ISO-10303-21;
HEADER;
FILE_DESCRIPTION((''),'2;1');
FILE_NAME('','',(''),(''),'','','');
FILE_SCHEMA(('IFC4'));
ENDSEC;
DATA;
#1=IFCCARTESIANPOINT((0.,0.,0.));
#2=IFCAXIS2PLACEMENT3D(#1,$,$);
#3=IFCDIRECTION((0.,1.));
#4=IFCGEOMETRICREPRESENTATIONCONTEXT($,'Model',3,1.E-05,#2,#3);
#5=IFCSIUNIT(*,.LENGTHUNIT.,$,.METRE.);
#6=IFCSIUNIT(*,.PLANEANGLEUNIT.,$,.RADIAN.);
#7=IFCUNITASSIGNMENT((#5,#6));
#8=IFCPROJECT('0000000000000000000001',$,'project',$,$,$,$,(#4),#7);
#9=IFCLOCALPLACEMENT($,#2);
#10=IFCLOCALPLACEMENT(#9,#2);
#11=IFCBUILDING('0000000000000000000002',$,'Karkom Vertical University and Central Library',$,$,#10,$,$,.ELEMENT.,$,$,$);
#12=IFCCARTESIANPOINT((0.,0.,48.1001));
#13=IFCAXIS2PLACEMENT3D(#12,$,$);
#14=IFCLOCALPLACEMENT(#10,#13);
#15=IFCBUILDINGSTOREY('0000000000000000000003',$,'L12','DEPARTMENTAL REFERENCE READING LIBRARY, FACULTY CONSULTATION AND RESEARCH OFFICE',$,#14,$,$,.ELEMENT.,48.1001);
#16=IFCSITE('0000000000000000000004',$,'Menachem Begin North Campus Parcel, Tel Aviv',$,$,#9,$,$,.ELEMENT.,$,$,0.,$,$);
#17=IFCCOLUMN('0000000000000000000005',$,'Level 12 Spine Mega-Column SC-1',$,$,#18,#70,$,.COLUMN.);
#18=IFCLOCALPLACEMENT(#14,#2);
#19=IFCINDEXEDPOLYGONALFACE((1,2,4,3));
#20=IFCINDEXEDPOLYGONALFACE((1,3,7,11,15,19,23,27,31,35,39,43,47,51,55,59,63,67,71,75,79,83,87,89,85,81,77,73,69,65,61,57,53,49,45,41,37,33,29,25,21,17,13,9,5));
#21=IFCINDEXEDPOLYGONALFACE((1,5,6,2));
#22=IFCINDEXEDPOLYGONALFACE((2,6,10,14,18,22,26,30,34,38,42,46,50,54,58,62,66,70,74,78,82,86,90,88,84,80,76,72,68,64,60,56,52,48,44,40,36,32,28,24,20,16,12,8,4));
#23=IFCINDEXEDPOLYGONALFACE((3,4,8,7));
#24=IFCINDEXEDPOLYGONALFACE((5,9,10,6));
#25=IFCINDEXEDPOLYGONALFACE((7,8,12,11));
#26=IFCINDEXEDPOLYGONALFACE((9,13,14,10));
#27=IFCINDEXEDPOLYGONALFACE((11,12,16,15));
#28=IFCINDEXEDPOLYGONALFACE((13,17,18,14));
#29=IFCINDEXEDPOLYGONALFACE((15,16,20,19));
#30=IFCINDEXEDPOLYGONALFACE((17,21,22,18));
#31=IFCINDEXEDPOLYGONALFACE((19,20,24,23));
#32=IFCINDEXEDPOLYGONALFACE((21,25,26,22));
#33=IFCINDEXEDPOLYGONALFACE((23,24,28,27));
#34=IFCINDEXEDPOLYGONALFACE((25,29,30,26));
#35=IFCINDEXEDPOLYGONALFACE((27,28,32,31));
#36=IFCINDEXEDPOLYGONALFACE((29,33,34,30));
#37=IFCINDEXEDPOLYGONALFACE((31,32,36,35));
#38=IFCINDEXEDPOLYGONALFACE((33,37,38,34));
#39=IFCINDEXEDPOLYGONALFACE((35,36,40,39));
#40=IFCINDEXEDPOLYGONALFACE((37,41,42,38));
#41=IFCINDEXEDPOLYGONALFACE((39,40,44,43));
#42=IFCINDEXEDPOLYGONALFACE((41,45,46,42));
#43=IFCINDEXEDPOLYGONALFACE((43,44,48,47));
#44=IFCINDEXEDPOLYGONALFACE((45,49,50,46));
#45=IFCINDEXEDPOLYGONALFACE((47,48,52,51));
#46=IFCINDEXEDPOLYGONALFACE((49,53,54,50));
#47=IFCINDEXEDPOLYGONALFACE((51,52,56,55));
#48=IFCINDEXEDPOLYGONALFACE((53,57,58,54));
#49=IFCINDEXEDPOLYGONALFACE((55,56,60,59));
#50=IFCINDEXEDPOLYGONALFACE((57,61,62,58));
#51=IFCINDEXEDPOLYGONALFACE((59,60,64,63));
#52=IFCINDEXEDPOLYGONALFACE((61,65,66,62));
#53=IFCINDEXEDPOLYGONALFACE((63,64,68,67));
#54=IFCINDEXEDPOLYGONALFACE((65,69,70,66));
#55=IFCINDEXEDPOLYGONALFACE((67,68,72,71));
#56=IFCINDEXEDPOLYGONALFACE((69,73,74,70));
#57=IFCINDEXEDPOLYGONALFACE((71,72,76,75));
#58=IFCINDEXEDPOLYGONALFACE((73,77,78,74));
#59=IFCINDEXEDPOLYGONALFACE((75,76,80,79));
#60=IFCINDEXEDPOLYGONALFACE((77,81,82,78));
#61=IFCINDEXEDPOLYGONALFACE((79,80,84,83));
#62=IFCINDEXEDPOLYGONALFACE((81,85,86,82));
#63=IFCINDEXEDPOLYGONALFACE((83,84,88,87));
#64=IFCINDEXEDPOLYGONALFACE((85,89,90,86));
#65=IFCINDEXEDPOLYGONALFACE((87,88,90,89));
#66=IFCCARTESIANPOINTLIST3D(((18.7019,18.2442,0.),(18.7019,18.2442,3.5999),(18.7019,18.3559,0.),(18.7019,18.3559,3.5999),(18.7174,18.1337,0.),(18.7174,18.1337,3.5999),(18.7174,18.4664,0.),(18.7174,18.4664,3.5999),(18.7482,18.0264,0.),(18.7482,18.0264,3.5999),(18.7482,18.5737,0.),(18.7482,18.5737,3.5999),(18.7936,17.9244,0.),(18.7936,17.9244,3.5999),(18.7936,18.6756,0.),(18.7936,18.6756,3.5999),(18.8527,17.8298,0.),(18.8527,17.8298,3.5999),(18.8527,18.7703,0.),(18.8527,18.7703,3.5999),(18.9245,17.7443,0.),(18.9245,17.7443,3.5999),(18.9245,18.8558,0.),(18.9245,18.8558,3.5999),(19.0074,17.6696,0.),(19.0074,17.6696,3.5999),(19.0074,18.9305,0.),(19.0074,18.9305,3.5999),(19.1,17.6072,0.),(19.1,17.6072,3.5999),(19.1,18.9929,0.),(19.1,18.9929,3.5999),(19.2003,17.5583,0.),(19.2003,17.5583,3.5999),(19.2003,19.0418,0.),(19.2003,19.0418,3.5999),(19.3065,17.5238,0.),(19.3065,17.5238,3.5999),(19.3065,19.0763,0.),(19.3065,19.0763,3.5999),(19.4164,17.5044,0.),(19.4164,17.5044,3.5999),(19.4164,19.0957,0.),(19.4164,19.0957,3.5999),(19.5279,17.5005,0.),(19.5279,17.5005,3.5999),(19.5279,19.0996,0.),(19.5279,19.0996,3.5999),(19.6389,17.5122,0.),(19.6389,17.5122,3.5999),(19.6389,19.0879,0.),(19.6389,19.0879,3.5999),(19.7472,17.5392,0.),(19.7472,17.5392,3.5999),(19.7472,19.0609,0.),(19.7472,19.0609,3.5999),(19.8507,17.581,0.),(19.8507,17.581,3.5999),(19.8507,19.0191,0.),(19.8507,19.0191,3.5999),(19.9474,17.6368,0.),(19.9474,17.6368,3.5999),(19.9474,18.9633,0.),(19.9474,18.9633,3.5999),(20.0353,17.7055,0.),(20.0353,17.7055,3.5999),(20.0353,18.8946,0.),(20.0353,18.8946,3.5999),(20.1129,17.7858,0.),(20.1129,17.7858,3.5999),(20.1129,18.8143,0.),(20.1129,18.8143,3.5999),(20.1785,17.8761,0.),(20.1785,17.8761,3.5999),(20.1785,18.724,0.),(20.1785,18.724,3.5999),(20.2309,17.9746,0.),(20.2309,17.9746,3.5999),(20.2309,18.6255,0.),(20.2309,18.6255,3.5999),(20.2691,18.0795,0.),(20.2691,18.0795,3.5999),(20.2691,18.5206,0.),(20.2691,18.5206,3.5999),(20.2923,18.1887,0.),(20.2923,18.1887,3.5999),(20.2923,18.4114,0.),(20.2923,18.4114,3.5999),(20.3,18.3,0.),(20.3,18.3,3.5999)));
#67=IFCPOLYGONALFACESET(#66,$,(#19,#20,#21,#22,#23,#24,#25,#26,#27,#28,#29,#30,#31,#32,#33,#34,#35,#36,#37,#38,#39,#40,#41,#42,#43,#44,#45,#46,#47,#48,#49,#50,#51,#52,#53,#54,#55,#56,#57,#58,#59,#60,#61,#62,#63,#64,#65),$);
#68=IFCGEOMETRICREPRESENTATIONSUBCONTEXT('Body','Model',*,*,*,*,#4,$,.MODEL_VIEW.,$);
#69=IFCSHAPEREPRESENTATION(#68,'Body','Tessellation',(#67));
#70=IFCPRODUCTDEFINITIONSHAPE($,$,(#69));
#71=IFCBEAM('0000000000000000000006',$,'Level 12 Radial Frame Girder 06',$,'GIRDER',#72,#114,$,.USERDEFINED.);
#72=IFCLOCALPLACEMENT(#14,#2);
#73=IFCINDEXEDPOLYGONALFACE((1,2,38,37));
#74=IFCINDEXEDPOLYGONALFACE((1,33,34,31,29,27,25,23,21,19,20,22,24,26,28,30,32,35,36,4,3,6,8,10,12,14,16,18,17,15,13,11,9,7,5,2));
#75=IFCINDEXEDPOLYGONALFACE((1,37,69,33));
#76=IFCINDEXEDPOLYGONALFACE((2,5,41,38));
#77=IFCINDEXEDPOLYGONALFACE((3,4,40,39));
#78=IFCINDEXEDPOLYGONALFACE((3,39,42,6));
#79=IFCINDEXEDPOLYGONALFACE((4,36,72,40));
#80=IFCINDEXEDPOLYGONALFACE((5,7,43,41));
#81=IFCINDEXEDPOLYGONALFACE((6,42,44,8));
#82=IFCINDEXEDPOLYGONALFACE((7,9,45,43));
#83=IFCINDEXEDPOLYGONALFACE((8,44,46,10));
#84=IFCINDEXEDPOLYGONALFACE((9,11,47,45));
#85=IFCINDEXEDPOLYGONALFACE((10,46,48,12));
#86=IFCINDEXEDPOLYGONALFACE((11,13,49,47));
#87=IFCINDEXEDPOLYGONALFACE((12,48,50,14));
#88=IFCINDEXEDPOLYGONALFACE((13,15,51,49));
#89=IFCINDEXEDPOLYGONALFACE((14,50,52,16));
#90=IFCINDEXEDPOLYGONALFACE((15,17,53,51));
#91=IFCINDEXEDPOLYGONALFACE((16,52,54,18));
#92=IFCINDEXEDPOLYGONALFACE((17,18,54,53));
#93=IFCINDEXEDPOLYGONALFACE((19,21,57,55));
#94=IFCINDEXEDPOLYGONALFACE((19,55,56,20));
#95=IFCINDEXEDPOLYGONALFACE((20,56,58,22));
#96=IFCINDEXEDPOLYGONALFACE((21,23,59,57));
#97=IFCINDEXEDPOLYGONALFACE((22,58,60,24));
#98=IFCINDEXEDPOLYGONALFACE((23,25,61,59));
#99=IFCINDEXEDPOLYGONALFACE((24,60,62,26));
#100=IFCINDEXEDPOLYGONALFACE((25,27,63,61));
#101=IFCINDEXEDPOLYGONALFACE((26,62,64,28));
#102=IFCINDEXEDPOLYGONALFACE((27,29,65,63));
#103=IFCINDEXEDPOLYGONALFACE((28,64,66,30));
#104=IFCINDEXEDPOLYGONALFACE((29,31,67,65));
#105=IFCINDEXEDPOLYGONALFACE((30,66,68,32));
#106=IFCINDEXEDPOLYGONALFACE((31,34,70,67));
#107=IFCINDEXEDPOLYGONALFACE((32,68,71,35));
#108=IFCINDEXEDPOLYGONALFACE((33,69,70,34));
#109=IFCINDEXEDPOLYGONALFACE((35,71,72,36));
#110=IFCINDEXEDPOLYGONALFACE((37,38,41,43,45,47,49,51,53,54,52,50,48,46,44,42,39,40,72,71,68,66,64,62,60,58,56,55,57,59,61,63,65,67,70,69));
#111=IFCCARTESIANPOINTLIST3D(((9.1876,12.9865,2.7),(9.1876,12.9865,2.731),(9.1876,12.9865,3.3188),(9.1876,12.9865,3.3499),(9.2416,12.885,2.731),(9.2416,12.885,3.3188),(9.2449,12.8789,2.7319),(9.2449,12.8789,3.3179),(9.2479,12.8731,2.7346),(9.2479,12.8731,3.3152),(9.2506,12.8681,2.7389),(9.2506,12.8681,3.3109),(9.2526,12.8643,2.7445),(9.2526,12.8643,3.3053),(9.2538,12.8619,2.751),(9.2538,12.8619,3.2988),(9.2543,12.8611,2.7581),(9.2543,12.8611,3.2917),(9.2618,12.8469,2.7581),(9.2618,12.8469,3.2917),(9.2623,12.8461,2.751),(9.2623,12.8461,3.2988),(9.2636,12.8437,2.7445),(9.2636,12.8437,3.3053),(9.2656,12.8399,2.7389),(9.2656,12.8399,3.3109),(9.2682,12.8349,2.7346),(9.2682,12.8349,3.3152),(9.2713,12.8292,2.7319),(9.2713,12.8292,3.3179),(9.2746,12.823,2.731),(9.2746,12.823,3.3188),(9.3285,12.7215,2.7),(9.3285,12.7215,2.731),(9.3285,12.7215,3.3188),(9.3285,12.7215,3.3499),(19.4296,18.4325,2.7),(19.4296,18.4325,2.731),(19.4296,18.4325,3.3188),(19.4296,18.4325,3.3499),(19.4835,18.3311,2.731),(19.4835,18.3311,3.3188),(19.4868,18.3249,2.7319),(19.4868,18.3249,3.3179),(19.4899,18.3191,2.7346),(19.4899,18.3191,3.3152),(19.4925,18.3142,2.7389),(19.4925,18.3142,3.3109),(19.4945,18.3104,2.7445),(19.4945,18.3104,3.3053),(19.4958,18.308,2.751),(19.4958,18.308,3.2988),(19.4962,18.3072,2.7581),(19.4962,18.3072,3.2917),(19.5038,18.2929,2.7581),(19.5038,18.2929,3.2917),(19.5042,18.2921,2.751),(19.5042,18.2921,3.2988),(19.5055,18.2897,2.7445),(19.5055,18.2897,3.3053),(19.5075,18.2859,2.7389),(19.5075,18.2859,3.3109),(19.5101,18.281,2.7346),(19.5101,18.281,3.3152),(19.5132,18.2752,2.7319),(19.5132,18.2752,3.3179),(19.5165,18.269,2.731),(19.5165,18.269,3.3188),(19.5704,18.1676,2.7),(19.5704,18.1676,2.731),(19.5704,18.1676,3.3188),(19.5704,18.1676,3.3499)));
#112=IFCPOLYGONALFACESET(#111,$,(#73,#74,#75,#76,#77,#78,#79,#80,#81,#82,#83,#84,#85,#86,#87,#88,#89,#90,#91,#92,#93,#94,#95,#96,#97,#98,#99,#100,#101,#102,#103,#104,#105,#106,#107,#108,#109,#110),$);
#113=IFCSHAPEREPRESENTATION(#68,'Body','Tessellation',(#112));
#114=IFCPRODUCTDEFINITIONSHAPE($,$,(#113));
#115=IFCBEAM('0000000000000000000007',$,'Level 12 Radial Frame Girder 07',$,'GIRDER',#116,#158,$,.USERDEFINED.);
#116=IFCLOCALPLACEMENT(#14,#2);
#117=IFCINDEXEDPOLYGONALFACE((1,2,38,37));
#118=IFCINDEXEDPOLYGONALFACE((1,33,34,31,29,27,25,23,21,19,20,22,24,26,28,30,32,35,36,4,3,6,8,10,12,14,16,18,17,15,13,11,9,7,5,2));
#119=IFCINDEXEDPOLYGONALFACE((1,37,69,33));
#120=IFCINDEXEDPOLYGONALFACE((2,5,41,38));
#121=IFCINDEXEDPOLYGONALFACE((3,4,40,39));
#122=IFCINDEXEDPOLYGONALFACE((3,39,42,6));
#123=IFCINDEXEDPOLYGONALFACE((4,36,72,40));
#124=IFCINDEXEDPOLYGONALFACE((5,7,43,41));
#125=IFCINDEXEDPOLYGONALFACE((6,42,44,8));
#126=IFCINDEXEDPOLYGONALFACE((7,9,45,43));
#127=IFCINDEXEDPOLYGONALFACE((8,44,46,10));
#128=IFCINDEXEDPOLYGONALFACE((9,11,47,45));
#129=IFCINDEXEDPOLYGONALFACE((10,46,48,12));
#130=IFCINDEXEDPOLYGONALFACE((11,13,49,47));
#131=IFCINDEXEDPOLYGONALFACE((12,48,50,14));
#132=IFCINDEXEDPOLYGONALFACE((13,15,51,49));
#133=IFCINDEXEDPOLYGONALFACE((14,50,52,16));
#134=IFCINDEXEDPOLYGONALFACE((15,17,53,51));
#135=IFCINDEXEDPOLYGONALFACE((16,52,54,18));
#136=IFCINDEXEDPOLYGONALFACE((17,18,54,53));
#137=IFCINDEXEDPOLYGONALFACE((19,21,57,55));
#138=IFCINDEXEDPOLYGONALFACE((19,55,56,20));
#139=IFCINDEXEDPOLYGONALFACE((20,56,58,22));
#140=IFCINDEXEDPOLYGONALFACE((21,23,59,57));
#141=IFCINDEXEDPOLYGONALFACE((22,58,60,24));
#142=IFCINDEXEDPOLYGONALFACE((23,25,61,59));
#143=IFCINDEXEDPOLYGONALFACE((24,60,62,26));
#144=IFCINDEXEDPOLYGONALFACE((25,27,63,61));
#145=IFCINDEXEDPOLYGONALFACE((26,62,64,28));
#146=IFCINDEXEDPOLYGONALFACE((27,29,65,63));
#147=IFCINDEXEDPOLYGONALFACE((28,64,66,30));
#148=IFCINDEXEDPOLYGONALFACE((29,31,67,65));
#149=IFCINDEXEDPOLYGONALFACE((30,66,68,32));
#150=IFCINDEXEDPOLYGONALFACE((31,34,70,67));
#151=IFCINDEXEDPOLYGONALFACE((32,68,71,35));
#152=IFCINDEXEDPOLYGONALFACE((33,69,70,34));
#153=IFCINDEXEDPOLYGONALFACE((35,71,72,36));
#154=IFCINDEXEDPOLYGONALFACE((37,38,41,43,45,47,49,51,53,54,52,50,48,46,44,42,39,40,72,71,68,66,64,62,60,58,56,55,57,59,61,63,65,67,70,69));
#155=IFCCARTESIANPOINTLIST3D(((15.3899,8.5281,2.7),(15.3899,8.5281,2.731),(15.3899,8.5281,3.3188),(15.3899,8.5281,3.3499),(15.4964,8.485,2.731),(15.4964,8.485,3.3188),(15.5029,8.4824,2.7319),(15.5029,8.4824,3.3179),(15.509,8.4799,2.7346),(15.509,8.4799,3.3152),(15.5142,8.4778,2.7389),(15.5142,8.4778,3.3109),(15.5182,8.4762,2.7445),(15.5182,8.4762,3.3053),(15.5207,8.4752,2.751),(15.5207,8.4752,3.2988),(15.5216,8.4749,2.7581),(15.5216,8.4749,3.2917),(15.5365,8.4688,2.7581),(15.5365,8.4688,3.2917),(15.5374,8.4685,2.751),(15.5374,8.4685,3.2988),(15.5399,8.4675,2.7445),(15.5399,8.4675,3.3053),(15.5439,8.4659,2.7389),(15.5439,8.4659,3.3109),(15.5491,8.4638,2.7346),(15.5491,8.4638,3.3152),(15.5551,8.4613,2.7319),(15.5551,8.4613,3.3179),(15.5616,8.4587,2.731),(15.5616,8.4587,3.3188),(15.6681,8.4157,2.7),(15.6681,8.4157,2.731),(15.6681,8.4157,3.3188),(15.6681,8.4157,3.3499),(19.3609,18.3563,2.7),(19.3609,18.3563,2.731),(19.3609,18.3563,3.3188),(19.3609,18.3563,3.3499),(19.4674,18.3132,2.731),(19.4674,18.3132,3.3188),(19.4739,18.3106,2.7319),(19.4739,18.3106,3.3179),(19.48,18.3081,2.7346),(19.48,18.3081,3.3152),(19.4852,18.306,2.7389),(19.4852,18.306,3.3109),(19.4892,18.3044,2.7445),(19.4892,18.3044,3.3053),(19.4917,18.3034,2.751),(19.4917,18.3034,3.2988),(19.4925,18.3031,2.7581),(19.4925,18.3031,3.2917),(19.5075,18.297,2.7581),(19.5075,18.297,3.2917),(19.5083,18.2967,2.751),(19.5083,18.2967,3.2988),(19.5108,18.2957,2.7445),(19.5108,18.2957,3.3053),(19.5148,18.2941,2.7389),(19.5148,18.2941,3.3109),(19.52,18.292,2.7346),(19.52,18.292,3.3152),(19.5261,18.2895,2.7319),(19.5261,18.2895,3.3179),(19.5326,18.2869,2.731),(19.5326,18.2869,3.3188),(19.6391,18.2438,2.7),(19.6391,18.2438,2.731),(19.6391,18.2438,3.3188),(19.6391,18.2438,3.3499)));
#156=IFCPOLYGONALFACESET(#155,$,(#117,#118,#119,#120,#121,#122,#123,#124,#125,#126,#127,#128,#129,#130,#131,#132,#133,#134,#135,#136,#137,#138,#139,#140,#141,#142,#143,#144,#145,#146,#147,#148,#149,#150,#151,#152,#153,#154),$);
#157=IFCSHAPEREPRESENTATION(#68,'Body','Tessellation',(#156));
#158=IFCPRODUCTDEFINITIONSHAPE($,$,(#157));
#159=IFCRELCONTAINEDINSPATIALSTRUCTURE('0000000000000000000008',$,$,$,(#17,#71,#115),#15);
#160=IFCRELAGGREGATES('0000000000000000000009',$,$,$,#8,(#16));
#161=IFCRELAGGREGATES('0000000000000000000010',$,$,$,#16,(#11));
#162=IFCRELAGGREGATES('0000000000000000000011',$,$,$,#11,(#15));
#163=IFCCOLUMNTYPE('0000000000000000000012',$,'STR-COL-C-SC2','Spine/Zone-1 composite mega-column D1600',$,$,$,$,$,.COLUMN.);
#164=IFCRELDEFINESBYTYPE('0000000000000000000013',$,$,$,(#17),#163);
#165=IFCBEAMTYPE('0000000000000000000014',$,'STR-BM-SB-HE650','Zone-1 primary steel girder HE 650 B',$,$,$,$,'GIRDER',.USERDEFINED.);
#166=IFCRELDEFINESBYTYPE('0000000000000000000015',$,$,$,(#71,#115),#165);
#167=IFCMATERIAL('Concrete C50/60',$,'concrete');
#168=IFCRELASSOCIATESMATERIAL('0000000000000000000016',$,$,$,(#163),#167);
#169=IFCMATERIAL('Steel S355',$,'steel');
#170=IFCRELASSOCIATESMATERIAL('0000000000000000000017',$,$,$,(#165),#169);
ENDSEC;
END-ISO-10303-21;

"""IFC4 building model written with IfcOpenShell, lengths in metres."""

from ifc_helpers import new_model, si_unit, direction, frame, origin, origin_with_axes, origin_2d, place, context, subcontext, project, spatial, circle, i_section, extrude, source, transform, mapped, material, material_profile, profile_set, type_object, element, save


model = new_model("IFC4")

# Units and contexts
model_context = context("Model", 3, precision=1e-05, world=origin(), true_north=direction((0.0, 1.0)))
body_context = subcontext(model_context, "Body", "Model", "MODEL_VIEW")
ifc_project = project(units=[si_unit("LENGTHUNIT", "METRE"), si_unit("PLANEANGLEUNIT", "RADIAN")], contexts=[model_context])

# Site, building, storey
site_placement = place(None, origin())
site = spatial("IfcSite", under=ifc_project, at=site_placement, Name="Menachem Begin North Campus Parcel, Tel Aviv", CompositionType="ELEMENT", RefElevation=0.0)
building_placement = place(site_placement, origin())
building = spatial("IfcBuilding", under=site, at=building_placement, Name="Karkom Vertical University and Central Library", CompositionType="ELEMENT")
storey_placement = place(building_placement, frame((0.0, 0.0, 48.1001)))
storey = spatial("IfcBuildingStorey", under=building, at=storey_placement, Name="L12", Description="DEPARTMENTAL REFERENCE READING LIBRARY, FACULTY CONSULTATION AND RESEARCH OFFICE", CompositionType="ELEMENT", Elevation=48.1001)

# Column
ifc_material_1 = material(Name="Concrete C50/60", Category="concrete")
ifc_material_profile_1 = material_profile(ifc_material_1, circle(Radius=0.8, at=origin_2d()), Name="CFT-D1600")
ifc_profile_set_1 = profile_set([ifc_material_profile_1], Name="Concrete C50/60")
column_type = type_object("IfcColumnType", Name="STR-COL-C-SC2", Description="Spine/Zone-1 composite mega-column D1600", PredefinedType="COLUMN", material=ifc_profile_set_1)
shared_shape_1 = source(origin_with_axes(), body_context, "Body", "SweptSolid", [
    extrude(circle(Radius=0.8, at=origin_2d()), origin(), (0.0, 0.0, 1.0), 3.5999),
])
column_placement = place(storey_placement, frame((19.5, 18.3, 0.0), z_axis=(0.0, 0.0, 1.0), x_axis=(1.0, 0.0, 0.0)))
element("IfcColumn", 1, at=column_placement, inside=storey, type_object=column_type, Name="Level 12 Spine Mega-Column SC-1", PredefinedType="COLUMN", context=body_context, shape_type="MappedRepresentation", body=[
    mapped(shared_shape_1, transform((0.0, 0.0, 0.0), scale=1.0)),
])

# Beams
ifc_material_2 = material(Name="Steel S355", Category="steel")
ifc_material_profile_2 = material_profile(ifc_material_2, i_section(OverallWidth=0.3, OverallDepth=0.6499, WebThickness=0.0161, FlangeThickness=0.031, FilletRadius=0.0271, at=origin_2d()), Name="HE 650 B")
ifc_profile_set_2 = profile_set([ifc_material_profile_2], Name="Steel S355")
beam_type_1 = type_object("IfcBeamType", Name="STR-BM-SB-HE650", Description="Zone-1 primary steel girder HE 650 B", ElementType="GIRDER", PredefinedType="USERDEFINED", material=ifc_profile_set_2)
shared_shape_2 = source(origin_with_axes(), body_context, "Body", "SweptSolid", [
    extrude(i_section(OverallWidth=0.3, OverallDepth=0.6499, WebThickness=0.0161, FlangeThickness=0.031, FilletRadius=0.0271, at=origin_2d()), origin(), (0.0, 0.0, 1.0), 11.5999),
])
beam_1_placement = place(storey_placement, frame((19.5, 18.3, 3.0249), z_axis=(-0.882937, -0.469492, 0.0), x_axis=(0.469492, -0.882937, 0.0)))
element("IfcBeam", 2, at=beam_1_placement, inside=storey, type_object=beam_type_1, Name="Level 12 Radial Frame Girder 06", ObjectType="GIRDER", PredefinedType="USERDEFINED", context=body_context, shape_type="MappedRepresentation", body=[
    mapped(shared_shape_2, transform((0.0, 0.0, 0.0), scale=1.0)),
])
shared_shape_3 = source(origin_with_axes(), body_context, "Body", "SweptSolid", [
    extrude(i_section(OverallWidth=0.3, OverallDepth=0.6499, WebThickness=0.0161, FlangeThickness=0.031, FilletRadius=0.0271, at=origin_2d()), origin(), (0.0, 0.0, 1.0), 10.6001),
])
beam_2_placement = place(storey_placement, frame((19.5, 18.3, 3.0249), z_axis=(-0.374617, -0.92718, 0.0), x_axis=(0.92718, -0.374617, 0.0)))
element("IfcBeam", 3, at=beam_2_placement, inside=storey, type_object=beam_type_1, Name="Level 12 Radial Frame Girder 07", ObjectType="GIRDER", PredefinedType="USERDEFINED", context=body_context, shape_type="MappedRepresentation", body=[
    mapped(shared_shape_3, transform((0.0, 0.0, 0.0), scale=1.0)),
])

save(model, "model.ifc")
